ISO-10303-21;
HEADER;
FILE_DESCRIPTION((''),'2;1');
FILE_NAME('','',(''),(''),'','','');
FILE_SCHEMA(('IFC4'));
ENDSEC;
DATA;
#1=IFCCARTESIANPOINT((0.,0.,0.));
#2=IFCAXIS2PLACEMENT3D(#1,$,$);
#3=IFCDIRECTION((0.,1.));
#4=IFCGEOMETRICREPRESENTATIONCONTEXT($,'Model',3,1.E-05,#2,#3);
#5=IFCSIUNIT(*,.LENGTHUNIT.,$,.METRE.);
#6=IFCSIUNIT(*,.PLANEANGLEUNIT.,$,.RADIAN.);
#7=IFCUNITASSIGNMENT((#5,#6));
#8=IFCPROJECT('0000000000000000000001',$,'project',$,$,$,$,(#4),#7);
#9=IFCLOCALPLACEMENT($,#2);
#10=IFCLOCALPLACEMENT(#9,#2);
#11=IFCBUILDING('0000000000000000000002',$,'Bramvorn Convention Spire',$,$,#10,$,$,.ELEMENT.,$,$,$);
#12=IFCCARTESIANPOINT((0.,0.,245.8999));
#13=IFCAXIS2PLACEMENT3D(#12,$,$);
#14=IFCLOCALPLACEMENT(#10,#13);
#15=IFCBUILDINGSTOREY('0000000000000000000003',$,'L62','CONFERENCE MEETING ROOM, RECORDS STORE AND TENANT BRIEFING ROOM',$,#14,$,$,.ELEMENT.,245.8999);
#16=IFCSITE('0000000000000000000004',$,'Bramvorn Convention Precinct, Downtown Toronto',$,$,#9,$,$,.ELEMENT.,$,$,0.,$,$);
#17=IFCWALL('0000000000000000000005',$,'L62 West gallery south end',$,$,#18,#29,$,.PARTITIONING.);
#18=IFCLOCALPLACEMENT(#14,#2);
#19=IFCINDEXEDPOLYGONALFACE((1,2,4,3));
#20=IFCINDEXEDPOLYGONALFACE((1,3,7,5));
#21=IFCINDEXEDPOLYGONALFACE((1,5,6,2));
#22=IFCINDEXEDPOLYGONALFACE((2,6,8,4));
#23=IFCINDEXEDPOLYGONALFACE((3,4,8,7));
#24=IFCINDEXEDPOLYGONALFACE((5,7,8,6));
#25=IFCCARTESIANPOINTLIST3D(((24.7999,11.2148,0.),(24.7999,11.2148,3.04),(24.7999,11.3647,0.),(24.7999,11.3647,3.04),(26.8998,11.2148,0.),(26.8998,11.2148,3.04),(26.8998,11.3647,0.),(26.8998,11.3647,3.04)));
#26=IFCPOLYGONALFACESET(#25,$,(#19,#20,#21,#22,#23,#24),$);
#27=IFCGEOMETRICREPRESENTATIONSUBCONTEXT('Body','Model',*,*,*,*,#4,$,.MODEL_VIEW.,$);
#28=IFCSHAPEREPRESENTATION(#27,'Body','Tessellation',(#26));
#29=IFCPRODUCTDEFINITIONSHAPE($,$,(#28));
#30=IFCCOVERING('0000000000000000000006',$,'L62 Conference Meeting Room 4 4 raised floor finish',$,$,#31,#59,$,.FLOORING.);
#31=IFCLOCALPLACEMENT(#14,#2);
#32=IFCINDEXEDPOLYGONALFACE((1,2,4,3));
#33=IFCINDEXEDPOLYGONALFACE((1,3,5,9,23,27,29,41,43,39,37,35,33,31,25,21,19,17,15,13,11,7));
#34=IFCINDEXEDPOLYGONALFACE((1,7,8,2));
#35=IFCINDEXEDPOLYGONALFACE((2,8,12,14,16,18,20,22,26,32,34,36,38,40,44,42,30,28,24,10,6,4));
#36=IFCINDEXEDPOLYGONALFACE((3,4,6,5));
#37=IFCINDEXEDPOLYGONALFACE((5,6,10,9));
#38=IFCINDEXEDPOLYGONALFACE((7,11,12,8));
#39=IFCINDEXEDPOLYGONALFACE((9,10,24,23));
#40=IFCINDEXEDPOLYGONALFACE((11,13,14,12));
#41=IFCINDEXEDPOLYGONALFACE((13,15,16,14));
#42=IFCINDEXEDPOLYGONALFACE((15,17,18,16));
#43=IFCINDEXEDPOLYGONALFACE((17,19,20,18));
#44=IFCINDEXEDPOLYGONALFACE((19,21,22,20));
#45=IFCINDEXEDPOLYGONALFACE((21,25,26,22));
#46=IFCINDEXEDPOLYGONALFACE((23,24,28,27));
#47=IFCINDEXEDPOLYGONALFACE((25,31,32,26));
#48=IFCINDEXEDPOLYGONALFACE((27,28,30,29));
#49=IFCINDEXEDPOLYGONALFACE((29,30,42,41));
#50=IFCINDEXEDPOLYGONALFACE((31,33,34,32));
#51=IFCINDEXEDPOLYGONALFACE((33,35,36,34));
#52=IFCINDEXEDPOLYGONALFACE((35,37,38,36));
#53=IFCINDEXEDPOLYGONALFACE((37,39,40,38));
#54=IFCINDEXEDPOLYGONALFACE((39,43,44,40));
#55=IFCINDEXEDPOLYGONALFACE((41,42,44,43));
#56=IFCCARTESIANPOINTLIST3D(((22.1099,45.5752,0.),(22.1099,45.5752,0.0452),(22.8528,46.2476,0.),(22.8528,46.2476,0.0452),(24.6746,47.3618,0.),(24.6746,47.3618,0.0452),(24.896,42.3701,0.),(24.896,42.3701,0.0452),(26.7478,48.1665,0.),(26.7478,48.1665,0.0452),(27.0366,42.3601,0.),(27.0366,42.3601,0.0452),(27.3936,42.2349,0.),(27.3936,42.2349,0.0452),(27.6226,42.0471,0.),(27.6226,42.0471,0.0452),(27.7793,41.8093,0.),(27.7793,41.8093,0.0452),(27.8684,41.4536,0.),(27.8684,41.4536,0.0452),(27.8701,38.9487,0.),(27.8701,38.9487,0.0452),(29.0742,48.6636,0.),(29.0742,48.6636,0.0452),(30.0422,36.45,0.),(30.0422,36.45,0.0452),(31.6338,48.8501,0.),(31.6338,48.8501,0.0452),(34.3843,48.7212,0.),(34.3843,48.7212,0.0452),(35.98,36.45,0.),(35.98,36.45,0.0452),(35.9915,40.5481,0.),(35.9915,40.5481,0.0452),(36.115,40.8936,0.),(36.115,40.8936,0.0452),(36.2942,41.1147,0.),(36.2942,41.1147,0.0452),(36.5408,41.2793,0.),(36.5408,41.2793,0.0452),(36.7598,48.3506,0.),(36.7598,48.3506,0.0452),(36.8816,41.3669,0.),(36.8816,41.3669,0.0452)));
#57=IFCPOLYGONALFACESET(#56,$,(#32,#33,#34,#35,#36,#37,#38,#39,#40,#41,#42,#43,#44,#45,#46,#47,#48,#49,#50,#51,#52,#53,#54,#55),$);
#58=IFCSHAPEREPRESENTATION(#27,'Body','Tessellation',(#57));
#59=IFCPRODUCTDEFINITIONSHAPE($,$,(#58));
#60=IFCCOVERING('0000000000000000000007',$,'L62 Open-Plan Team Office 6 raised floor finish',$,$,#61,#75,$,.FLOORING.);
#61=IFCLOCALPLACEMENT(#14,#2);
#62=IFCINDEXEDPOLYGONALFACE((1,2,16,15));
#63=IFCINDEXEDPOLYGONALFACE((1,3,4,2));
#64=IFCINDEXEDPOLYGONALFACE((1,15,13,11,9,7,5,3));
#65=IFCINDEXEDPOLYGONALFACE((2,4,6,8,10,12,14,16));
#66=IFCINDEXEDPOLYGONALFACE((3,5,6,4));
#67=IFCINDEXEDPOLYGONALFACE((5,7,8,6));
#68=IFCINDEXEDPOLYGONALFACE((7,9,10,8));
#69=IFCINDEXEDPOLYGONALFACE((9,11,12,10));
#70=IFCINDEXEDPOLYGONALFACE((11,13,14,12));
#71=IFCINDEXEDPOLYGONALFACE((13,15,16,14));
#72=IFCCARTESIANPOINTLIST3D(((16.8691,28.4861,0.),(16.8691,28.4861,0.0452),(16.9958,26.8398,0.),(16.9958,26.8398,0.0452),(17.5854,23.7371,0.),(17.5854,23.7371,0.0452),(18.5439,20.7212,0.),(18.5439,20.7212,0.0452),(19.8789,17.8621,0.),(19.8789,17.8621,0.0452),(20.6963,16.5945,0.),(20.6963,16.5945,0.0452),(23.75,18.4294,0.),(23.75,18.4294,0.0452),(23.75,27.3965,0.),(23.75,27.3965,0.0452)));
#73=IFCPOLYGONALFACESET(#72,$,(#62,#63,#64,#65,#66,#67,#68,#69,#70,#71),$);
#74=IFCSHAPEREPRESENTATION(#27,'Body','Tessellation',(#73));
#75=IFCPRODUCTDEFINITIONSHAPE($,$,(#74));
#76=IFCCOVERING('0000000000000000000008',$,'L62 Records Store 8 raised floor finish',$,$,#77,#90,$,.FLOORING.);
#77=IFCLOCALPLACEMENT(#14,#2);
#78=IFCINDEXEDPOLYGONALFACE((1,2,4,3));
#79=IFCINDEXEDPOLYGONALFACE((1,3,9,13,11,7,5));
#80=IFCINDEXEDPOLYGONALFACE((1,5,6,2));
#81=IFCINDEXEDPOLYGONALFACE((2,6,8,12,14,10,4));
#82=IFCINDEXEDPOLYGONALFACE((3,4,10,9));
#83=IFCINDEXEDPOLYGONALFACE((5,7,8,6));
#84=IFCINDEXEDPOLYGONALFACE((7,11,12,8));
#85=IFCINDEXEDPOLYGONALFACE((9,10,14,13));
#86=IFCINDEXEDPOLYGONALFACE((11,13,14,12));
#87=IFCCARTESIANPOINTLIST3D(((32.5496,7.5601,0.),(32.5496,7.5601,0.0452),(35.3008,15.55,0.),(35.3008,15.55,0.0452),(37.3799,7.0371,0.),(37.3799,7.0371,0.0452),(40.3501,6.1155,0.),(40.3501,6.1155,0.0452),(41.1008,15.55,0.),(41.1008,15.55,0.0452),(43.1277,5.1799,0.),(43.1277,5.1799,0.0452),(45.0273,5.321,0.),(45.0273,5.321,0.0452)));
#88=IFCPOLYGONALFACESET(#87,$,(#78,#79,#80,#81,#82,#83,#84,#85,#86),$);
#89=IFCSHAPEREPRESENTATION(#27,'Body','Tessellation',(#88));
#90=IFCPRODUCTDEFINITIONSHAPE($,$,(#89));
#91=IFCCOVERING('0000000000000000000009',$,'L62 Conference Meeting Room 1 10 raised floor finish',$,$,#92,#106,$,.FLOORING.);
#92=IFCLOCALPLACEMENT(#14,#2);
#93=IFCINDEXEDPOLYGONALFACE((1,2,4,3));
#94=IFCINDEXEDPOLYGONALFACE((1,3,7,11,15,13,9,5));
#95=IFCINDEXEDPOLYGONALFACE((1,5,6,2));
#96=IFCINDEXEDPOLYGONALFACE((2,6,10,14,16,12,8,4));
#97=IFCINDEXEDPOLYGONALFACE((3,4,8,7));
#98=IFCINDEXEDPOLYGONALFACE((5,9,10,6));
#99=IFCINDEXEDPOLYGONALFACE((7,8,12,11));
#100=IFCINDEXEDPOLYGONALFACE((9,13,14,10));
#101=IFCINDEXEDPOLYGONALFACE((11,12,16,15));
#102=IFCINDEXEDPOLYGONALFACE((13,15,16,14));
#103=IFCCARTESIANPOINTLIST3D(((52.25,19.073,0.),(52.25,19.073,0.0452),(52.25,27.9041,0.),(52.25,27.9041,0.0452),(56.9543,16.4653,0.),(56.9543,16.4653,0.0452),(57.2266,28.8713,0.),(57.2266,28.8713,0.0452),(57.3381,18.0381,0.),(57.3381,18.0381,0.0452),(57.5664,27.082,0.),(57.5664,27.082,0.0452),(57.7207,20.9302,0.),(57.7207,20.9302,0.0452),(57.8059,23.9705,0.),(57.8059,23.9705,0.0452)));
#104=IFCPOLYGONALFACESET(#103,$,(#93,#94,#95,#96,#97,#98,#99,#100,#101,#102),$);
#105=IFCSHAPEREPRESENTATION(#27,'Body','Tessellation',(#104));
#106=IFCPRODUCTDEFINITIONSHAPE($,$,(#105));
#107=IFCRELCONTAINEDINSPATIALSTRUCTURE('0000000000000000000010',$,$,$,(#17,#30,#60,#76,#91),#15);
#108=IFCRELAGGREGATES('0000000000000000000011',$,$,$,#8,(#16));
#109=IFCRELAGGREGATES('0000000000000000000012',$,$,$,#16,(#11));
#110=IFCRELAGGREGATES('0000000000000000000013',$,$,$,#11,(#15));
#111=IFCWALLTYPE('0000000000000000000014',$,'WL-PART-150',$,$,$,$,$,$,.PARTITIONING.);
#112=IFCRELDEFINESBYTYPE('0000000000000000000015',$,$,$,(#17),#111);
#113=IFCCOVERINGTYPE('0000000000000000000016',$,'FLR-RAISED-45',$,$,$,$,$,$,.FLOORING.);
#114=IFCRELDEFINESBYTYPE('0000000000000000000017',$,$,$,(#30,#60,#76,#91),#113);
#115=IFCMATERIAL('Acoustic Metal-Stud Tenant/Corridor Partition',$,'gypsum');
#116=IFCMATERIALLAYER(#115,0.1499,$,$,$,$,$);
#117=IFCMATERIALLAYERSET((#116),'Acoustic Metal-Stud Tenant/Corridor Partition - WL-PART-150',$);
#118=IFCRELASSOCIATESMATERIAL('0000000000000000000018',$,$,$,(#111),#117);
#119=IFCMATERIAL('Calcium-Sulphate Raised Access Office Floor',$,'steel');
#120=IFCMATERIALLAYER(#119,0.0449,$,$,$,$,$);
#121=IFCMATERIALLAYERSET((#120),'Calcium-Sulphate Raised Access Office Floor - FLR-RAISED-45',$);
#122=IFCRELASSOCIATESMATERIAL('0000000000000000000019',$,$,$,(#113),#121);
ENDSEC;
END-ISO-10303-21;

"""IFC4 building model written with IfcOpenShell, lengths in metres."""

from ifc_helpers import new_model, si_unit, direction, frame, frame_2d, origin, place, context, subcontext, project, spatial, polyline, rectangle, outline, extrude, material, layer, layer_set, type_object, element, save


model = new_model("IFC4")

# Units and contexts
model_context = context("Model", 3, precision=1e-05, world=origin(), true_north=direction((0.0, 1.0)))
body_context = subcontext(model_context, "Body", "Model", "MODEL_VIEW")
ifc_project = project(units=[si_unit("LENGTHUNIT", "METRE"), si_unit("PLANEANGLEUNIT", "RADIAN")], contexts=[model_context])

# Site, building, storey
site_placement = place(None, origin())
site = spatial("IfcSite", under=ifc_project, at=site_placement, Name="Bramvorn Convention Precinct, Downtown Toronto", CompositionType="ELEMENT", RefElevation=0.0)
building_placement = place(site_placement, origin())
building = spatial("IfcBuilding", under=site, at=building_placement, Name="Bramvorn Convention Spire", CompositionType="ELEMENT")
storey_placement = place(building_placement, frame((0.0, 0.0, 245.8999)))
storey = spatial("IfcBuildingStorey", under=building, at=storey_placement, Name="L62", Description="CONFERENCE MEETING ROOM, RECORDS STORE AND TENANT BRIEFING ROOM", CompositionType="ELEMENT", Elevation=245.8999)

# Shared definitions
ifc_material_1 = material(Name="Acoustic Metal-Stud Tenant/Corridor Partition", Category="gypsum")
ifc_layer_1 = layer(ifc_material_1, 0.1499)
ifc_layer_set_1 = layer_set([ifc_layer_1], Name="Acoustic Metal-Stud Tenant/Corridor Partition - WL-PART-150")
wall_type_1 = type_object("IfcWallType", Name="WL-PART-150", PredefinedType="PARTITIONING", material=ifc_layer_set_1)

# Wall
wall_1_placement = place(storey_placement, frame((24.8, 11.2898, 0.0), z_axis=(0.0, 0.0, 1.0), x_axis=(1.0, 0.0, 0.0)))
element("IfcWall", 1, at=wall_1_placement, inside=storey, type_object=wall_type_1, Name="L62 West gallery south end", PredefinedType="PARTITIONING", context=body_context, shape_type="SweptSolid", body=[
    extrude(rectangle(XDim=2.0999, YDim=0.1499, at=frame_2d((1.0498, 0.0))), origin(), (0.0, 0.0, 1.0), 3.04),
])

# Coverings
ifc_material_2 = material(Name="Calcium-Sulphate Raised Access Office Floor", Category="steel")
ifc_layer_2 = layer(ifc_material_2, 0.0449)
ifc_layer_set_2 = layer_set([ifc_layer_2], Name="Calcium-Sulphate Raised Access Office Floor - FLR-RAISED-45")
covering_type = type_object("IfcCoveringType", Name="FLR-RAISED-45", PredefinedType="FLOORING", material=ifc_layer_set_2)
covering_1_placement = place(storey_placement, origin())
element("IfcCovering", 2, at=covering_1_placement, inside=storey, type_object=covering_type, Name="L62 Conference Meeting Room 4 4 raised floor finish", PredefinedType="FLOORING", context=body_context, shape_type="SweptSolid", body=[
    extrude(outline(polyline([(22.8528, 46.2476), (22.1099, 45.5752), (24.896, 42.3701), (27.0366, 42.3601), (27.3936, 42.2349), (27.6226, 42.0471), (27.7793, 41.8093), (27.8684, 41.4536), (27.8701, 38.9487), (30.0422, 36.45), (35.98, 36.45), (35.9915, 40.5481), (36.115, 40.8936), (36.2942, 41.1147), (36.5408, 41.2793), (36.8816, 41.3669), (36.7598, 48.3506), (34.3843, 48.7212), (31.6338, 48.8501), (29.0742, 48.6636), (26.7478, 48.1665), (24.6746, 47.3618), (22.8528, 46.2476)])), origin(), (0.0, 0.0, 1.0), 0.0452),
])
covering_2_placement = place(storey_placement, origin())
element("IfcCovering", 3, at=covering_2_placement, inside=storey, type_object=covering_type, Name="L62 Open-Plan Team Office 6 raised floor finish", PredefinedType="FLOORING", context=body_context, shape_type="SweptSolid", body=[
    extrude(outline(polyline([(19.8789, 17.8621), (20.6963, 16.5945), (23.75, 18.4294), (23.75, 27.3965), (16.8691, 28.4861), (16.9958, 26.8398), (17.5854, 23.7371), (18.5439, 20.7212), (19.8789, 17.8621)])), origin(), (0.0, 0.0, 1.0), 0.0452),
])
covering_3_placement = place(storey_placement, origin())
element("IfcCovering", 4, at=covering_3_placement, inside=storey, type_object=covering_type, Name="L62 Records Store 8 raised floor finish", PredefinedType="FLOORING", context=body_context, shape_type="SweptSolid", body=[
    extrude(outline(polyline([(41.1008, 15.55), (35.3008, 15.55), (32.5496, 7.5601), (37.3799, 7.0371), (40.3501, 6.1155), (43.1277, 5.1799), (45.0273, 5.321), (41.1008, 15.55)])), origin(), (0.0, 0.0, 1.0), 0.0452),
])
covering_4_placement = place(storey_placement, origin())
element("IfcCovering", 5, at=covering_4_placement, inside=storey, type_object=covering_type, Name="L62 Conference Meeting Room 1 10 raised floor finish", PredefinedType="FLOORING", context=body_context, shape_type="SweptSolid", body=[
    extrude(outline(polyline([(57.5664, 27.082), (57.2266, 28.8713), (52.25, 27.9041), (52.25, 19.073), (56.9543, 16.4653), (57.3381, 18.0381), (57.7207, 20.9302), (57.8059, 23.9705), (57.5664, 27.082)])), origin(), (0.0, 0.0, 1.0), 0.0452),
])

save(model, "model.ifc")
